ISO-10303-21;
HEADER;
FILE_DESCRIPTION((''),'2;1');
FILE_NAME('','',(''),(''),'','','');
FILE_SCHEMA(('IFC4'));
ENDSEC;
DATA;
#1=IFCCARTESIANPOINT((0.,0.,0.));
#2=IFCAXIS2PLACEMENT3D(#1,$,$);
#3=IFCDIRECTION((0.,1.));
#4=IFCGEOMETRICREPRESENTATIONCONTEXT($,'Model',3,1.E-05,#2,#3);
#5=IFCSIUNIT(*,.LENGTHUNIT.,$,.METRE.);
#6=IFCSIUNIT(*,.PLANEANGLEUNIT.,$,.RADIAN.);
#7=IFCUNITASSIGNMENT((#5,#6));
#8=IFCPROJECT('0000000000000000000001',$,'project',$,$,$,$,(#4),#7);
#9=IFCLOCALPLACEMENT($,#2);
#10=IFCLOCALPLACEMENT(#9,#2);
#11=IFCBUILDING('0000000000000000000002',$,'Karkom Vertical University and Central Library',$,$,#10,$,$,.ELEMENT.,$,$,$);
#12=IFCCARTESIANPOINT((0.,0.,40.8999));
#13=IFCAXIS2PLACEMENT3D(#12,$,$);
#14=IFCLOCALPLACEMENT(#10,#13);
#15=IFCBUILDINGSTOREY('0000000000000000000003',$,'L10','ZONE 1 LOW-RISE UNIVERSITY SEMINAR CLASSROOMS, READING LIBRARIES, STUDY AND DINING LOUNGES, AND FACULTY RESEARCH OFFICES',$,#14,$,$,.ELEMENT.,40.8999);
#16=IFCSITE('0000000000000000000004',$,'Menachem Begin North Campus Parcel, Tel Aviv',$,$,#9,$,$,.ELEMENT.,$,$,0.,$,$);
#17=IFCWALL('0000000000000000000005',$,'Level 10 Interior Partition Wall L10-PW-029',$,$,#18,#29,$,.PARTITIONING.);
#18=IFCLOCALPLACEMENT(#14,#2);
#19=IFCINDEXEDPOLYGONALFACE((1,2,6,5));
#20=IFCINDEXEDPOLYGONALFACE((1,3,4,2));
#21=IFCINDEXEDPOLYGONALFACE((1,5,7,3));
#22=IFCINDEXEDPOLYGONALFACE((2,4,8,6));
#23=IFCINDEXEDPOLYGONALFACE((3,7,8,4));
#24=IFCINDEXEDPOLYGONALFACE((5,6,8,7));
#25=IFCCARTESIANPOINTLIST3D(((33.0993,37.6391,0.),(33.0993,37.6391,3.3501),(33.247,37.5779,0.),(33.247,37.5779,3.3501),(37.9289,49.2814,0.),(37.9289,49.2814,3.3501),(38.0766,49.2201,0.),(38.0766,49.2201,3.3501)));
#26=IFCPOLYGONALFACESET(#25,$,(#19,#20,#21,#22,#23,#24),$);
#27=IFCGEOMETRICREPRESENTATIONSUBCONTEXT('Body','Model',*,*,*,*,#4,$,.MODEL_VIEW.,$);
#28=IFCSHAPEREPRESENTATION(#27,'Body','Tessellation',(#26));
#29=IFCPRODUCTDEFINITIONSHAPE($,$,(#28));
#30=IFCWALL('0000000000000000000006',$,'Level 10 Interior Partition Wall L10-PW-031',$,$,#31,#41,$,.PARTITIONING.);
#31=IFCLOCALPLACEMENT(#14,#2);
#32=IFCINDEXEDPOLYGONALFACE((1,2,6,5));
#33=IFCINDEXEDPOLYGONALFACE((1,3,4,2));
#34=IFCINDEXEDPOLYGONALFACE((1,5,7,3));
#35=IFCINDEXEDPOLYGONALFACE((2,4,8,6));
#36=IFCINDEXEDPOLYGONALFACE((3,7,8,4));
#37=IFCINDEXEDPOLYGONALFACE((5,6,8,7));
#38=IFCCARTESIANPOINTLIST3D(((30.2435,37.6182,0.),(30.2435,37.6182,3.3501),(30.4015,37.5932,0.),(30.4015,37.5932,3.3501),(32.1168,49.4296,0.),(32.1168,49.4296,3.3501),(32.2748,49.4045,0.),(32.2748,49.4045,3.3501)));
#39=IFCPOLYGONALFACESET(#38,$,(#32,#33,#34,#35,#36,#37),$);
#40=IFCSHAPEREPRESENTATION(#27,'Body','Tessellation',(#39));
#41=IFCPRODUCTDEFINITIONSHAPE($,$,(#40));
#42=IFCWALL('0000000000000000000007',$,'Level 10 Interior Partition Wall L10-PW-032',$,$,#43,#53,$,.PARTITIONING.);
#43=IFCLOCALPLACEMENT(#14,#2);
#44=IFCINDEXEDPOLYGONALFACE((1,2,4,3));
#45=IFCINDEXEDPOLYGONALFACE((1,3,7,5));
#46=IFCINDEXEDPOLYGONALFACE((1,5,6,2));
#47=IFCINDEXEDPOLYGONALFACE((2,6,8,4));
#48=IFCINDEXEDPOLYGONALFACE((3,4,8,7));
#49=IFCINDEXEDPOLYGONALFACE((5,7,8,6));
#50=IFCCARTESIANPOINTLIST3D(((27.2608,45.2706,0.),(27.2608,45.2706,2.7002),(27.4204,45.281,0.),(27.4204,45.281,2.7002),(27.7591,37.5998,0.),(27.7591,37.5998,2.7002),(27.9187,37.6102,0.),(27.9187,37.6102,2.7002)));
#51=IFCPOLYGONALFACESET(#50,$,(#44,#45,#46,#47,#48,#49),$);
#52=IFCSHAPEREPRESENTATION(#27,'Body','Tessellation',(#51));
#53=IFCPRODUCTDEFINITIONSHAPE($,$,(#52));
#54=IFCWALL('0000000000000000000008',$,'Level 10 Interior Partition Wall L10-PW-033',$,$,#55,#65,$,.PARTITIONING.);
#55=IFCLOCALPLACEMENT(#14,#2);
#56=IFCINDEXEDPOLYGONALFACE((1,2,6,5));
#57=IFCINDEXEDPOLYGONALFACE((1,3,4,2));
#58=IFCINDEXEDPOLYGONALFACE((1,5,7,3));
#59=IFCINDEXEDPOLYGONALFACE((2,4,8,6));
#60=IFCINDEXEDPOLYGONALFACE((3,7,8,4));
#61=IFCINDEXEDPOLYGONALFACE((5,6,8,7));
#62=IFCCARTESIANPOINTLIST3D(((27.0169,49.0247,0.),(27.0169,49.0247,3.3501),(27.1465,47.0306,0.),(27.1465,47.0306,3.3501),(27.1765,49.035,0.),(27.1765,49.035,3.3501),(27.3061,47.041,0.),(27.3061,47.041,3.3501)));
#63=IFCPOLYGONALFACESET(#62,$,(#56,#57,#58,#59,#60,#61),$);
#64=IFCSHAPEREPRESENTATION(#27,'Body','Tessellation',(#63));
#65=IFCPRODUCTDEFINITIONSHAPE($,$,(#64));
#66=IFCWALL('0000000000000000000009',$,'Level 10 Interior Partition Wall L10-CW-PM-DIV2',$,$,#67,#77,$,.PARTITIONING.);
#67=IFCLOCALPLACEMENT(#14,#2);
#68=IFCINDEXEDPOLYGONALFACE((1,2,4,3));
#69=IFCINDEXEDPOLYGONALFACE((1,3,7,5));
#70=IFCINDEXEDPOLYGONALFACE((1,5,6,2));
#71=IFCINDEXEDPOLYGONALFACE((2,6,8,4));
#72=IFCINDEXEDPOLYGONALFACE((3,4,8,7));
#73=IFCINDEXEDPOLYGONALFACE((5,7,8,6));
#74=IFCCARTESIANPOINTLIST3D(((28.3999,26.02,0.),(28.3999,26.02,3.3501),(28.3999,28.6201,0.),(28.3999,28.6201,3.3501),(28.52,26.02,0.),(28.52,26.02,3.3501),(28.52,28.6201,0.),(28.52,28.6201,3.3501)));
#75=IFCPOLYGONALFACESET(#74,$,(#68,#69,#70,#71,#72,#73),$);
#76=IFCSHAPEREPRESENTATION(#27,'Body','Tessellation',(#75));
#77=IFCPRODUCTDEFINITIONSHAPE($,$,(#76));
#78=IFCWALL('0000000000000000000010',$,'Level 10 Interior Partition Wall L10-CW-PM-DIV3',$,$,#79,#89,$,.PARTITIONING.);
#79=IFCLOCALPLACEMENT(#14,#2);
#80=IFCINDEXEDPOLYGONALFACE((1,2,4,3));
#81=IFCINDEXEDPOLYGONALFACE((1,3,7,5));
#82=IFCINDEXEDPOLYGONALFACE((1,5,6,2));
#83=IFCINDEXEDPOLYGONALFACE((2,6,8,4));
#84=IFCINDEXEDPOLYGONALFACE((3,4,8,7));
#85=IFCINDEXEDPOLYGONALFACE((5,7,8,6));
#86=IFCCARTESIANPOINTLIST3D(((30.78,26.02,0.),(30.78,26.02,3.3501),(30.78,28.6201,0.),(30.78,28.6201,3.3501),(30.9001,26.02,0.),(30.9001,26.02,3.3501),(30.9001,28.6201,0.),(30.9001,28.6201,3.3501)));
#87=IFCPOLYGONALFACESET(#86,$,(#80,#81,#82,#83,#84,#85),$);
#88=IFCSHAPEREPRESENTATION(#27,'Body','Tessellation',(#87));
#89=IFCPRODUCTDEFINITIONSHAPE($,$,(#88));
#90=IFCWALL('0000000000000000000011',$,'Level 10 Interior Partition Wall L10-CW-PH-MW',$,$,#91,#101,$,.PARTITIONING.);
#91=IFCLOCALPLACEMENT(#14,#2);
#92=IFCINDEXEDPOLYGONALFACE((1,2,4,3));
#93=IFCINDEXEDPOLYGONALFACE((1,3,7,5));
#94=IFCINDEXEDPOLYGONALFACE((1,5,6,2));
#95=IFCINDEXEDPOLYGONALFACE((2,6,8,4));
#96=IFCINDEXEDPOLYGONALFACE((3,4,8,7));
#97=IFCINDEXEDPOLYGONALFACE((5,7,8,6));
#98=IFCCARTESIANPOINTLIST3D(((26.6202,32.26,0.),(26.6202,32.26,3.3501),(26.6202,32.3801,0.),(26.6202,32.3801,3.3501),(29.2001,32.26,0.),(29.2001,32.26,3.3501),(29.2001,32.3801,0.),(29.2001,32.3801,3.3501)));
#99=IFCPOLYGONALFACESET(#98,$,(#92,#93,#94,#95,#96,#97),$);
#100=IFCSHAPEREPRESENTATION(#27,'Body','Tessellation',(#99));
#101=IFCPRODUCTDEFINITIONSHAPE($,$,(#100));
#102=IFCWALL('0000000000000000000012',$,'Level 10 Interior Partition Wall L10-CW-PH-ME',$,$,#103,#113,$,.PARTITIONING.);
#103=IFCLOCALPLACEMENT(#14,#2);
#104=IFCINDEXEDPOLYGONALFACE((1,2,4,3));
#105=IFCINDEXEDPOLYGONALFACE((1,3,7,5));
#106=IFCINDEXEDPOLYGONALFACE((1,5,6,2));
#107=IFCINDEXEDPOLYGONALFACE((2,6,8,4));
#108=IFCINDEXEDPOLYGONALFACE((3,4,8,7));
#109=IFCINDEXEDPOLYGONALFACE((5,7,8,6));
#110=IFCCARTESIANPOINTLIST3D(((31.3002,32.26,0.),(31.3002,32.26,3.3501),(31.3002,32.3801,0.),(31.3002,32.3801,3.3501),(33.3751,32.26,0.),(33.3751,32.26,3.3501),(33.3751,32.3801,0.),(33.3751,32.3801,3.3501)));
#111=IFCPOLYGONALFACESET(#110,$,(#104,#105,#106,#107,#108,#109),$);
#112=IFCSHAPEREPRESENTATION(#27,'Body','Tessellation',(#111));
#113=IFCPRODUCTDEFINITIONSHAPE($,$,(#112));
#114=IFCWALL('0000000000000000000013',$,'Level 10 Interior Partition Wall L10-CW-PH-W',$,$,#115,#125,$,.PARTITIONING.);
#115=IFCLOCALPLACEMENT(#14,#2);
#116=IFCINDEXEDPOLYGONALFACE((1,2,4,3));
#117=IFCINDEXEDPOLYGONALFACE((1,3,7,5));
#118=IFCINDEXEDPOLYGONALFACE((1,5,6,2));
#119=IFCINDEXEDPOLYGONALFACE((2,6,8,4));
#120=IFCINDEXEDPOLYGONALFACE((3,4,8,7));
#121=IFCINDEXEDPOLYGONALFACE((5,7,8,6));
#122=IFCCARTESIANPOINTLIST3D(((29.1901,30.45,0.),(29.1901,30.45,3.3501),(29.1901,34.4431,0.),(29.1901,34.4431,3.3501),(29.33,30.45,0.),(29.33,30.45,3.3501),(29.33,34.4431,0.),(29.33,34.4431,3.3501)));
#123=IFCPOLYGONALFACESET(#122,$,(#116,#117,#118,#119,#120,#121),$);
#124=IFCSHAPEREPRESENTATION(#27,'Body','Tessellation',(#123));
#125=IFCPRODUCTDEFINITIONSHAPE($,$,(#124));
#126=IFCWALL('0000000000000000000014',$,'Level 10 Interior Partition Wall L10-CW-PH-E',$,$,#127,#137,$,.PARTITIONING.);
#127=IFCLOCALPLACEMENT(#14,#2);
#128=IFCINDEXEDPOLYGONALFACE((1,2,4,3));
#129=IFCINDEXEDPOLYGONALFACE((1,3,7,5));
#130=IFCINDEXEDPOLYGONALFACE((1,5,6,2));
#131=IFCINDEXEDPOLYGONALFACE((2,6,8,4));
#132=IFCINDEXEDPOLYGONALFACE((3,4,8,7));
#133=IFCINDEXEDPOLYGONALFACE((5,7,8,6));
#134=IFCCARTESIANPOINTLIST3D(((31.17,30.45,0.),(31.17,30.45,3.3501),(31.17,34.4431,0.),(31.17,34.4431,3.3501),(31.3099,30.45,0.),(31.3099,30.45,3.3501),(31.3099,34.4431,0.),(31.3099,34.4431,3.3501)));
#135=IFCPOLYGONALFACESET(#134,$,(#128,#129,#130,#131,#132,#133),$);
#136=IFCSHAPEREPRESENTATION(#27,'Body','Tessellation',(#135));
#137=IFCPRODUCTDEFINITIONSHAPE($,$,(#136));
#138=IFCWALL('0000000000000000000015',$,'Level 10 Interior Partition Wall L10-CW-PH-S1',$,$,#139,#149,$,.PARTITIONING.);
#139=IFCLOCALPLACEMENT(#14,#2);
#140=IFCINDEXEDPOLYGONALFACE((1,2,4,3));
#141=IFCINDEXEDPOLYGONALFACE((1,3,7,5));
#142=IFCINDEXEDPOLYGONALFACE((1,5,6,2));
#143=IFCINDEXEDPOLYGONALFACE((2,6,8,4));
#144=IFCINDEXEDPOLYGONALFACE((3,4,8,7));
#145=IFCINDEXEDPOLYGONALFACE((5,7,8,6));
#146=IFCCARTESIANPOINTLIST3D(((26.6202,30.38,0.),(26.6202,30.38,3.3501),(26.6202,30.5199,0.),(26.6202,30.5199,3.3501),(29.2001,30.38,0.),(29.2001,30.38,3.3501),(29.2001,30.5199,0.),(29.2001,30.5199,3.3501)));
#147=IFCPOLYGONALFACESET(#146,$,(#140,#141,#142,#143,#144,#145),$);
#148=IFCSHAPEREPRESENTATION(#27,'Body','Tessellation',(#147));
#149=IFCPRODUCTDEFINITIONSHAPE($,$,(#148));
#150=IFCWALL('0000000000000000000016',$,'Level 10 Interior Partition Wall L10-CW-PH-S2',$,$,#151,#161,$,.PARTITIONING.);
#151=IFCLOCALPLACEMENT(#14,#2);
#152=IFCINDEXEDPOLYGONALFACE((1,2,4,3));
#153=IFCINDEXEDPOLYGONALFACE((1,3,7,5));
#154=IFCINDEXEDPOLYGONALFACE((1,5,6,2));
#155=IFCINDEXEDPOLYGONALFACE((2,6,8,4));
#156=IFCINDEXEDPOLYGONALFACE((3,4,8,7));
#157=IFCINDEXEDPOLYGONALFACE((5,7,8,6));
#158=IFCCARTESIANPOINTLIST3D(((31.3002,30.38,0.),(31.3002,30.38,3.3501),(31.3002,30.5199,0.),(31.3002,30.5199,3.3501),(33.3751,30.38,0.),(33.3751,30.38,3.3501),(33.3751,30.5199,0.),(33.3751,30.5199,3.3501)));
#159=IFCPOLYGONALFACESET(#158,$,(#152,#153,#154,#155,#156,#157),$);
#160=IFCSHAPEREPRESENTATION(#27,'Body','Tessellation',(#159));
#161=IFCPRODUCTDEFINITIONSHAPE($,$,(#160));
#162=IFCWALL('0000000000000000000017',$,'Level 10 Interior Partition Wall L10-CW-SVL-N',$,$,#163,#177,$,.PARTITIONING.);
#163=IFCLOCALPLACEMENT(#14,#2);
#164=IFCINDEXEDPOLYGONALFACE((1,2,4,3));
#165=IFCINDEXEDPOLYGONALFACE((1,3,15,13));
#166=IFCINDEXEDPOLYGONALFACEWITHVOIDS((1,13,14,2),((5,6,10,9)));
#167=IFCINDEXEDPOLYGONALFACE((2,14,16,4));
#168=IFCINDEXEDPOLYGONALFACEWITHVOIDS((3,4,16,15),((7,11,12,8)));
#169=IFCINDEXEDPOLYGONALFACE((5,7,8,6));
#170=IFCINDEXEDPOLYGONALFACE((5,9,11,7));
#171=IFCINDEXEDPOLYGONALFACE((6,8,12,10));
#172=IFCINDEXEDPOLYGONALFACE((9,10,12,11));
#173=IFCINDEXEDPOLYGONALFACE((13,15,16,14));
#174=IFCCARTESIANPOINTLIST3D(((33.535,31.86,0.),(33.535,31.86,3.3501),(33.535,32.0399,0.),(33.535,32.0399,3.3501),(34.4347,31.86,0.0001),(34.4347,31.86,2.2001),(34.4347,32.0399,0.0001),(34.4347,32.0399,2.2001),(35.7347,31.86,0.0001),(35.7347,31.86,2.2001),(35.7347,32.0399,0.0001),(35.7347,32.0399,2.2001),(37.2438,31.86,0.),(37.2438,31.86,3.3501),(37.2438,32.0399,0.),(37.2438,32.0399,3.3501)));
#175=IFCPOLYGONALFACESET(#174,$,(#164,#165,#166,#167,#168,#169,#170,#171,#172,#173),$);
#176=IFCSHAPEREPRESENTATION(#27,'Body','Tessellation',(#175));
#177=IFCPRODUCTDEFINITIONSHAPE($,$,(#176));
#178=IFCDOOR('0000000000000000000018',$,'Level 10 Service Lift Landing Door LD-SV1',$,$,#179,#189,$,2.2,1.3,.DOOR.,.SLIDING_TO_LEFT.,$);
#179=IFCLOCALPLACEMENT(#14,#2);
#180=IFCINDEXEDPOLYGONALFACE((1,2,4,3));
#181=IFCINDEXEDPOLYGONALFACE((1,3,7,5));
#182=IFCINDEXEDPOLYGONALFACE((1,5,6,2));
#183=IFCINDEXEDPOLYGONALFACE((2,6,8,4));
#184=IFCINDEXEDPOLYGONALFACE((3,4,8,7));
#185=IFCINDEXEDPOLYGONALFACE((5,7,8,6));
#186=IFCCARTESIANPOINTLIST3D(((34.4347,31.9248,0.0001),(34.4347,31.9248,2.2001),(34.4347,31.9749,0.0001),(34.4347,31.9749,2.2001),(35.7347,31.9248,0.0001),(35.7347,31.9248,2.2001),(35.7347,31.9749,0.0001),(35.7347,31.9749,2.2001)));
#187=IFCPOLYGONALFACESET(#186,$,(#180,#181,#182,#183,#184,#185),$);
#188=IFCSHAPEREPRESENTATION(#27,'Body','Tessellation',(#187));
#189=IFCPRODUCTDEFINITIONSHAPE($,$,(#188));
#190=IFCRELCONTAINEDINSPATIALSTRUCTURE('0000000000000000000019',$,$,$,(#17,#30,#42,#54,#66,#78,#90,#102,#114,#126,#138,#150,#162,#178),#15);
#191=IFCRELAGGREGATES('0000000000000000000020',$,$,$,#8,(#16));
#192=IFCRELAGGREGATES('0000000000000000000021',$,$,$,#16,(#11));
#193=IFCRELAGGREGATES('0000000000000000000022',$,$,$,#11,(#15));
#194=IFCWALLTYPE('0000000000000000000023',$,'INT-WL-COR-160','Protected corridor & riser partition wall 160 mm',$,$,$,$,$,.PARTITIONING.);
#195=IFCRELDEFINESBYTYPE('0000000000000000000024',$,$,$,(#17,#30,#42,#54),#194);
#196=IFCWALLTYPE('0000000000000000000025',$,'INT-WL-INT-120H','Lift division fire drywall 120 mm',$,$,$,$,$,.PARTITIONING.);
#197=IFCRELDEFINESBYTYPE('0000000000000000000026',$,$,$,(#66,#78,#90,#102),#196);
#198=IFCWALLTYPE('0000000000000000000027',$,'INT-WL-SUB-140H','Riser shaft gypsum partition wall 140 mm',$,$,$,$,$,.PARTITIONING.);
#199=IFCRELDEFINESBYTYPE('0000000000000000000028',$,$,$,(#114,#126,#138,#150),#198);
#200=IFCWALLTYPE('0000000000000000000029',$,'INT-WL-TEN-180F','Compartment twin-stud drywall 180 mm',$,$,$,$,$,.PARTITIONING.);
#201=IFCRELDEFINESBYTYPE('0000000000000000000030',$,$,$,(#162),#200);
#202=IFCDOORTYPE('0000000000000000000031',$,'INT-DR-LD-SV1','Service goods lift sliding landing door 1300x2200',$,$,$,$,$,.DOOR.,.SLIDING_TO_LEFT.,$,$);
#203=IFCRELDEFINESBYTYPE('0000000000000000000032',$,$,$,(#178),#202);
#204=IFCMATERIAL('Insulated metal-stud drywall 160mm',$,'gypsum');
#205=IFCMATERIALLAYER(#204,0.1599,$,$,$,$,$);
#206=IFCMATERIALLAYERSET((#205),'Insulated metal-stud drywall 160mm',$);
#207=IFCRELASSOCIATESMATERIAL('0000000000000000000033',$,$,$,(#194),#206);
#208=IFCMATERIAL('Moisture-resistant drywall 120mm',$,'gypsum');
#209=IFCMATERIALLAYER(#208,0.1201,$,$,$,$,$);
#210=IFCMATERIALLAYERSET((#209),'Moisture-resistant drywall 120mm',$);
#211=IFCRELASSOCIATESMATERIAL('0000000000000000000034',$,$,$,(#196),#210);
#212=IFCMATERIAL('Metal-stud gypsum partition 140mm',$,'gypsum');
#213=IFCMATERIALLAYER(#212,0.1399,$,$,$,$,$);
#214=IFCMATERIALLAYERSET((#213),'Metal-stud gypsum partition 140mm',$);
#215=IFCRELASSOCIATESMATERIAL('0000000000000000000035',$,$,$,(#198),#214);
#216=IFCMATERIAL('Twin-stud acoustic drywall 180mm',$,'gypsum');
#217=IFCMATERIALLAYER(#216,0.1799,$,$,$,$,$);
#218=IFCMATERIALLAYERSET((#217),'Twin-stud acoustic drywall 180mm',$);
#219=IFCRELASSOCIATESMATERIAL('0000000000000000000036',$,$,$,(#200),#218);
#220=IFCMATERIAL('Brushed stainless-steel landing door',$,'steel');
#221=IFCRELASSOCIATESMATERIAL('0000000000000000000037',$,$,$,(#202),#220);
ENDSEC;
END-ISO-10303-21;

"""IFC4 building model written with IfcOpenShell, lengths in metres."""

from ifc_helpers import new_model, si_unit, direction, frame, frame_2d, origin, origin_with_axes, place, context, subcontext, project, spatial, rectangle, extrude, source, transform, mapped, material, layer, layer_set, type_object, element, fill, save


model = new_model("IFC4")

# Units and contexts
model_context = context("Model", 3, precision=1e-05, world=origin(), true_north=direction((0.0, 1.0)))
body_context = subcontext(model_context, "Body", "Model", "MODEL_VIEW")
ifc_project = project(units=[si_unit("LENGTHUNIT", "METRE"), si_unit("PLANEANGLEUNIT", "RADIAN")], contexts=[model_context])

# Site, building, storey
site_placement = place(None, origin())
site = spatial("IfcSite", under=ifc_project, at=site_placement, Name="Menachem Begin North Campus Parcel, Tel Aviv", CompositionType="ELEMENT", RefElevation=0.0)
building_placement = place(site_placement, origin())
building = spatial("IfcBuilding", under=site, at=building_placement, Name="Karkom Vertical University and Central Library", CompositionType="ELEMENT")
storey_placement = place(building_placement, frame((0.0, 0.0, 40.8999)))
storey = spatial("IfcBuildingStorey", under=building, at=storey_placement, Name="L10", Description="ZONE 1 LOW-RISE UNIVERSITY SEMINAR CLASSROOMS, READING LIBRARIES, STUDY AND DINING LOUNGES, AND FACULTY RESEARCH OFFICES", CompositionType="ELEMENT", Elevation=40.8999)

# Shared definitions
ifc_material_1 = material(Name="Insulated metal-stud drywall 160mm", Category="gypsum")
ifc_layer_1 = layer(ifc_material_1, 0.1599)
ifc_layer_set_1 = layer_set([ifc_layer_1], Name="Insulated metal-stud drywall 160mm")
wall_type_1 = type_object("IfcWallType", Name="INT-WL-COR-160", Description="Protected corridor & riser partition wall 160 mm", PredefinedType="PARTITIONING", material=ifc_layer_set_1)

# Walls
wall_1_placement = place(storey_placement, frame((33.1731, 37.6084, 0.0), z_axis=(0.0, 0.0, 1.0), x_axis=(0.383169, 0.923678, 0.0)))
element("IfcWall", 1, at=wall_1_placement, inside=storey, type_object=wall_type_1, Name="Level 10 Interior Partition Wall L10-PW-029", PredefinedType="PARTITIONING", context=body_context, shape_type="SweptSolid", body=[
    extrude(rectangle(XDim=12.6042, YDim=0.1599, at=frame_2d((6.3022, 0.0))), origin(), (0.0, 0.0, 1.0), 3.3501),
])
wall_2_placement = place(storey_placement, frame((30.3225, 37.6057, 0.0), z_axis=(0.0, 0.0, 1.0), x_axis=(0.156644, 0.987655, 0.0)))
element("IfcWall", 2, at=wall_2_placement, inside=storey, type_object=wall_type_1, Name="Level 10 Interior Partition Wall L10-PW-031", PredefinedType="PARTITIONING", context=body_context, shape_type="SweptSolid", body=[
    extrude(rectangle(XDim=11.959, YDim=0.1599, at=frame_2d((5.9795, 0.0))), origin(), (0.0, 0.0, 1.0), 3.3501),
])
wall_3_placement = place(storey_placement, frame((27.8389, 37.605, 0.0), z_axis=(0.0, 0.0, 1.0), x_axis=(-0.064822, 0.997897, 0.0)))
element("IfcWall", 3, at=wall_3_placement, inside=storey, type_object=wall_type_1, Name="Level 10 Interior Partition Wall L10-PW-032", PredefinedType="PARTITIONING", context=body_context, shape_type="SweptSolid", body=[
    extrude(rectangle(XDim=7.687, YDim=0.1599, at=frame_2d((3.8435, 0.0))), origin(), (0.0, 0.0, 1.0), 2.7002),
])
wall_4_placement = place(storey_placement, frame((27.2263, 47.0359, 0.0), z_axis=(0.0, 0.0, 1.0), x_axis=(-0.064873, 0.997894, 0.0)))
element("IfcWall", 4, at=wall_4_placement, inside=storey, type_object=wall_type_1, Name="Level 10 Interior Partition Wall L10-PW-033", PredefinedType="PARTITIONING", context=body_context, shape_type="SweptSolid", body=[
    extrude(rectangle(XDim=1.9983, YDim=0.1599, at=frame_2d((0.999, 0.0))), origin(), (0.0, 0.0, 1.0), 3.3501),
])
ifc_material_2 = material(Name="Moisture-resistant drywall 120mm", Category="gypsum")
ifc_layer_2 = layer(ifc_material_2, 0.1201)
ifc_layer_set_2 = layer_set([ifc_layer_2], Name="Moisture-resistant drywall 120mm")
wall_type_2 = type_object("IfcWallType", Name="INT-WL-INT-120H", Description="Lift division fire drywall 120 mm", PredefinedType="PARTITIONING", material=ifc_layer_set_2)
for number, where, z_axis, x_axis, name in (
    (5, (28.46, 26.02, 0.0), (0.0, 0.0, 1.0), (0.0, 1.0, 0.0), "Level 10 Interior Partition Wall L10-CW-PM-DIV2"),
    (6, (30.8401, 26.02, 0.0), (0.0, 0.0, 1.0), (0.0, 1.0, 0.0), "Level 10 Interior Partition Wall L10-CW-PM-DIV3"),
):
    element("IfcWall", number, at=place(storey_placement, frame(where, z_axis=z_axis, x_axis=x_axis)), inside=storey, type_object=wall_type_2, Name=name, PredefinedType="PARTITIONING", context=body_context, shape_type="SweptSolid", body=[
        extrude(rectangle(XDim=2.6001, YDim=0.1201, at=frame_2d((1.3, 0.0))), origin(), (0.0, 0.0, 1.0), 3.3501),
    ])
wall_5_placement = place(storey_placement, frame((26.6201, 32.3201, 0.0), z_axis=(0.0, 0.0, 1.0), x_axis=(1.0, 0.0, 0.0)))
element("IfcWall", 7, at=wall_5_placement, inside=storey, type_object=wall_type_2, Name="Level 10 Interior Partition Wall L10-CW-PH-MW", PredefinedType="PARTITIONING", context=body_context, shape_type="SweptSolid", body=[
    extrude(rectangle(XDim=2.5798, YDim=0.1201, at=frame_2d((1.29, 0.0))), origin(), (0.0, 0.0, 1.0), 3.3501),
])
wall_6_placement = place(storey_placement, frame((31.3, 32.3201, 0.0), z_axis=(0.0, 0.0, 1.0), x_axis=(1.0, 0.0, 0.0)))
element("IfcWall", 8, at=wall_6_placement, inside=storey, type_object=wall_type_2, Name="Level 10 Interior Partition Wall L10-CW-PH-ME", PredefinedType="PARTITIONING", context=body_context, shape_type="SweptSolid", body=[
    extrude(rectangle(XDim=2.075, YDim=0.1201, at=frame_2d((1.0376, 0.0))), origin(), (0.0, 0.0, 1.0), 3.3501),
])
ifc_material_3 = material(Name="Metal-stud gypsum partition 140mm", Category="gypsum")
ifc_layer_3 = layer(ifc_material_3, 0.1399)
ifc_layer_set_3 = layer_set([ifc_layer_3], Name="Metal-stud gypsum partition 140mm")
wall_type_3 = type_object("IfcWallType", Name="INT-WL-SUB-140H", Description="Riser shaft gypsum partition wall 140 mm", PredefinedType="PARTITIONING", material=ifc_layer_set_3)
for number, where, z_axis, x_axis, name in (
    (9, (29.26, 30.45, 0.0), (0.0, 0.0, 1.0), (0.0, 1.0, 0.0), "Level 10 Interior Partition Wall L10-CW-PH-W"),
    (10, (31.24, 30.45, 0.0), (0.0, 0.0, 1.0), (0.0, 1.0, 0.0), "Level 10 Interior Partition Wall L10-CW-PH-E"),
):
    element("IfcWall", number, at=place(storey_placement, frame(where, z_axis=z_axis, x_axis=x_axis)), inside=storey, type_object=wall_type_3, Name=name, PredefinedType="PARTITIONING", context=body_context, shape_type="SweptSolid", body=[
        extrude(rectangle(XDim=3.9932, YDim=0.1399, at=frame_2d((1.9966, 0.0))), origin(), (0.0, 0.0, 1.0), 3.3501),
    ])
wall_7_placement = place(storey_placement, frame((26.6201, 30.45, 0.0), z_axis=(0.0, 0.0, 1.0), x_axis=(1.0, 0.0, 0.0)))
element("IfcWall", 11, at=wall_7_placement, inside=storey, type_object=wall_type_3, Name="Level 10 Interior Partition Wall L10-CW-PH-S1", PredefinedType="PARTITIONING", context=body_context, shape_type="SweptSolid", body=[
    extrude(rectangle(XDim=2.5798, YDim=0.1399, at=frame_2d((1.29, 0.0))), origin(), (0.0, 0.0, 1.0), 3.3501),
])
wall_8_placement = place(storey_placement, frame((31.3, 30.45, 0.0), z_axis=(0.0, 0.0, 1.0), x_axis=(1.0, 0.0, 0.0)))
element("IfcWall", 12, at=wall_8_placement, inside=storey, type_object=wall_type_3, Name="Level 10 Interior Partition Wall L10-CW-PH-S2", PredefinedType="PARTITIONING", context=body_context, shape_type="SweptSolid", body=[
    extrude(rectangle(XDim=2.075, YDim=0.1399, at=frame_2d((1.0376, 0.0))), origin(), (0.0, 0.0, 1.0), 3.3501),
])

# Wall, opening, door
ifc_material_4 = material(Name="Twin-stud acoustic drywall 180mm", Category="gypsum")
ifc_layer_4 = layer(ifc_material_4, 0.1799)
ifc_layer_set_4 = layer_set([ifc_layer_4], Name="Twin-stud acoustic drywall 180mm")
wall_type_4 = type_object("IfcWallType", Name="INT-WL-TEN-180F", Description="Compartment twin-stud drywall 180 mm", PredefinedType="PARTITIONING", material=ifc_layer_set_4)
wall_9_placement = place(storey_placement, frame((33.5349, 31.95, 0.0), z_axis=(0.0, 0.0, 1.0), x_axis=(1.0, 0.0, 0.0)))
wall_9 = element("IfcWall", 13, at=wall_9_placement, inside=storey, type_object=wall_type_4, Name="Level 10 Interior Partition Wall L10-CW-SVL-N", PredefinedType="PARTITIONING", context=body_context, shape_type="SweptSolid", body=[
    extrude(rectangle(XDim=3.7087, YDim=0.1799, at=frame_2d((1.8545, 0.0))), origin(), (0.0, 0.0, 1.0), 3.3501),
])
opening_1_placement = place(wall_9_placement, frame((0.8999, 0.0, 0.0)))
opening_1 = element("IfcOpeningElement", 14, at=opening_1_placement, cuts=wall_9, PredefinedType="OPENING", context=body_context, shape_type="SweptSolid", body=[
    extrude(rectangle(XDim=1.3, YDim=2.2, at=frame_2d((0.6499, 1.1001))), frame((0.0, 0.1001, 0.0), z_axis=(0.0, -1.0, 0.0), x_axis=(1.0, 0.0, 0.0)), (0.0, 0.0, 1.0), 0.2),
])
ifc_material_5 = material(Name="Brushed stainless-steel landing door", Category="steel")
door_type_1 = type_object("IfcDoorType", Name="INT-DR-LD-SV1", Description="Service goods lift sliding landing door 1300x2200", OperationType="SLIDING_TO_LEFT", PredefinedType="DOOR", material=ifc_material_5)
shared_shape_1 = source(origin_with_axes(), body_context, "Body", "SweptSolid", [
    extrude(rectangle(XDim=1.3, YDim=2.2, at=frame_2d((0.6499, 1.1001))), frame((0.0, 0.0249, 0.0), z_axis=(0.0, -1.0, 0.0), x_axis=(1.0, 0.0, 0.0)), (0.0, 0.0, 1.0), 0.05),
])
door_1_placement = place(opening_1_placement, origin())
door_1 = element("IfcDoor", 15, at=door_1_placement, inside=storey, type_object=door_type_1, Name="Level 10 Service Lift Landing Door LD-SV1", OperationType="SLIDING_TO_LEFT", OverallHeight=2.2, OverallWidth=1.3, PredefinedType="DOOR", context=body_context, shape_type="MappedRepresentation", body=[
    mapped(shared_shape_1, transform((0.0, 0.0, 0.0), scale=1.0)),
])
fill(opening_1, door_1)

save(model, "model.ifc")
